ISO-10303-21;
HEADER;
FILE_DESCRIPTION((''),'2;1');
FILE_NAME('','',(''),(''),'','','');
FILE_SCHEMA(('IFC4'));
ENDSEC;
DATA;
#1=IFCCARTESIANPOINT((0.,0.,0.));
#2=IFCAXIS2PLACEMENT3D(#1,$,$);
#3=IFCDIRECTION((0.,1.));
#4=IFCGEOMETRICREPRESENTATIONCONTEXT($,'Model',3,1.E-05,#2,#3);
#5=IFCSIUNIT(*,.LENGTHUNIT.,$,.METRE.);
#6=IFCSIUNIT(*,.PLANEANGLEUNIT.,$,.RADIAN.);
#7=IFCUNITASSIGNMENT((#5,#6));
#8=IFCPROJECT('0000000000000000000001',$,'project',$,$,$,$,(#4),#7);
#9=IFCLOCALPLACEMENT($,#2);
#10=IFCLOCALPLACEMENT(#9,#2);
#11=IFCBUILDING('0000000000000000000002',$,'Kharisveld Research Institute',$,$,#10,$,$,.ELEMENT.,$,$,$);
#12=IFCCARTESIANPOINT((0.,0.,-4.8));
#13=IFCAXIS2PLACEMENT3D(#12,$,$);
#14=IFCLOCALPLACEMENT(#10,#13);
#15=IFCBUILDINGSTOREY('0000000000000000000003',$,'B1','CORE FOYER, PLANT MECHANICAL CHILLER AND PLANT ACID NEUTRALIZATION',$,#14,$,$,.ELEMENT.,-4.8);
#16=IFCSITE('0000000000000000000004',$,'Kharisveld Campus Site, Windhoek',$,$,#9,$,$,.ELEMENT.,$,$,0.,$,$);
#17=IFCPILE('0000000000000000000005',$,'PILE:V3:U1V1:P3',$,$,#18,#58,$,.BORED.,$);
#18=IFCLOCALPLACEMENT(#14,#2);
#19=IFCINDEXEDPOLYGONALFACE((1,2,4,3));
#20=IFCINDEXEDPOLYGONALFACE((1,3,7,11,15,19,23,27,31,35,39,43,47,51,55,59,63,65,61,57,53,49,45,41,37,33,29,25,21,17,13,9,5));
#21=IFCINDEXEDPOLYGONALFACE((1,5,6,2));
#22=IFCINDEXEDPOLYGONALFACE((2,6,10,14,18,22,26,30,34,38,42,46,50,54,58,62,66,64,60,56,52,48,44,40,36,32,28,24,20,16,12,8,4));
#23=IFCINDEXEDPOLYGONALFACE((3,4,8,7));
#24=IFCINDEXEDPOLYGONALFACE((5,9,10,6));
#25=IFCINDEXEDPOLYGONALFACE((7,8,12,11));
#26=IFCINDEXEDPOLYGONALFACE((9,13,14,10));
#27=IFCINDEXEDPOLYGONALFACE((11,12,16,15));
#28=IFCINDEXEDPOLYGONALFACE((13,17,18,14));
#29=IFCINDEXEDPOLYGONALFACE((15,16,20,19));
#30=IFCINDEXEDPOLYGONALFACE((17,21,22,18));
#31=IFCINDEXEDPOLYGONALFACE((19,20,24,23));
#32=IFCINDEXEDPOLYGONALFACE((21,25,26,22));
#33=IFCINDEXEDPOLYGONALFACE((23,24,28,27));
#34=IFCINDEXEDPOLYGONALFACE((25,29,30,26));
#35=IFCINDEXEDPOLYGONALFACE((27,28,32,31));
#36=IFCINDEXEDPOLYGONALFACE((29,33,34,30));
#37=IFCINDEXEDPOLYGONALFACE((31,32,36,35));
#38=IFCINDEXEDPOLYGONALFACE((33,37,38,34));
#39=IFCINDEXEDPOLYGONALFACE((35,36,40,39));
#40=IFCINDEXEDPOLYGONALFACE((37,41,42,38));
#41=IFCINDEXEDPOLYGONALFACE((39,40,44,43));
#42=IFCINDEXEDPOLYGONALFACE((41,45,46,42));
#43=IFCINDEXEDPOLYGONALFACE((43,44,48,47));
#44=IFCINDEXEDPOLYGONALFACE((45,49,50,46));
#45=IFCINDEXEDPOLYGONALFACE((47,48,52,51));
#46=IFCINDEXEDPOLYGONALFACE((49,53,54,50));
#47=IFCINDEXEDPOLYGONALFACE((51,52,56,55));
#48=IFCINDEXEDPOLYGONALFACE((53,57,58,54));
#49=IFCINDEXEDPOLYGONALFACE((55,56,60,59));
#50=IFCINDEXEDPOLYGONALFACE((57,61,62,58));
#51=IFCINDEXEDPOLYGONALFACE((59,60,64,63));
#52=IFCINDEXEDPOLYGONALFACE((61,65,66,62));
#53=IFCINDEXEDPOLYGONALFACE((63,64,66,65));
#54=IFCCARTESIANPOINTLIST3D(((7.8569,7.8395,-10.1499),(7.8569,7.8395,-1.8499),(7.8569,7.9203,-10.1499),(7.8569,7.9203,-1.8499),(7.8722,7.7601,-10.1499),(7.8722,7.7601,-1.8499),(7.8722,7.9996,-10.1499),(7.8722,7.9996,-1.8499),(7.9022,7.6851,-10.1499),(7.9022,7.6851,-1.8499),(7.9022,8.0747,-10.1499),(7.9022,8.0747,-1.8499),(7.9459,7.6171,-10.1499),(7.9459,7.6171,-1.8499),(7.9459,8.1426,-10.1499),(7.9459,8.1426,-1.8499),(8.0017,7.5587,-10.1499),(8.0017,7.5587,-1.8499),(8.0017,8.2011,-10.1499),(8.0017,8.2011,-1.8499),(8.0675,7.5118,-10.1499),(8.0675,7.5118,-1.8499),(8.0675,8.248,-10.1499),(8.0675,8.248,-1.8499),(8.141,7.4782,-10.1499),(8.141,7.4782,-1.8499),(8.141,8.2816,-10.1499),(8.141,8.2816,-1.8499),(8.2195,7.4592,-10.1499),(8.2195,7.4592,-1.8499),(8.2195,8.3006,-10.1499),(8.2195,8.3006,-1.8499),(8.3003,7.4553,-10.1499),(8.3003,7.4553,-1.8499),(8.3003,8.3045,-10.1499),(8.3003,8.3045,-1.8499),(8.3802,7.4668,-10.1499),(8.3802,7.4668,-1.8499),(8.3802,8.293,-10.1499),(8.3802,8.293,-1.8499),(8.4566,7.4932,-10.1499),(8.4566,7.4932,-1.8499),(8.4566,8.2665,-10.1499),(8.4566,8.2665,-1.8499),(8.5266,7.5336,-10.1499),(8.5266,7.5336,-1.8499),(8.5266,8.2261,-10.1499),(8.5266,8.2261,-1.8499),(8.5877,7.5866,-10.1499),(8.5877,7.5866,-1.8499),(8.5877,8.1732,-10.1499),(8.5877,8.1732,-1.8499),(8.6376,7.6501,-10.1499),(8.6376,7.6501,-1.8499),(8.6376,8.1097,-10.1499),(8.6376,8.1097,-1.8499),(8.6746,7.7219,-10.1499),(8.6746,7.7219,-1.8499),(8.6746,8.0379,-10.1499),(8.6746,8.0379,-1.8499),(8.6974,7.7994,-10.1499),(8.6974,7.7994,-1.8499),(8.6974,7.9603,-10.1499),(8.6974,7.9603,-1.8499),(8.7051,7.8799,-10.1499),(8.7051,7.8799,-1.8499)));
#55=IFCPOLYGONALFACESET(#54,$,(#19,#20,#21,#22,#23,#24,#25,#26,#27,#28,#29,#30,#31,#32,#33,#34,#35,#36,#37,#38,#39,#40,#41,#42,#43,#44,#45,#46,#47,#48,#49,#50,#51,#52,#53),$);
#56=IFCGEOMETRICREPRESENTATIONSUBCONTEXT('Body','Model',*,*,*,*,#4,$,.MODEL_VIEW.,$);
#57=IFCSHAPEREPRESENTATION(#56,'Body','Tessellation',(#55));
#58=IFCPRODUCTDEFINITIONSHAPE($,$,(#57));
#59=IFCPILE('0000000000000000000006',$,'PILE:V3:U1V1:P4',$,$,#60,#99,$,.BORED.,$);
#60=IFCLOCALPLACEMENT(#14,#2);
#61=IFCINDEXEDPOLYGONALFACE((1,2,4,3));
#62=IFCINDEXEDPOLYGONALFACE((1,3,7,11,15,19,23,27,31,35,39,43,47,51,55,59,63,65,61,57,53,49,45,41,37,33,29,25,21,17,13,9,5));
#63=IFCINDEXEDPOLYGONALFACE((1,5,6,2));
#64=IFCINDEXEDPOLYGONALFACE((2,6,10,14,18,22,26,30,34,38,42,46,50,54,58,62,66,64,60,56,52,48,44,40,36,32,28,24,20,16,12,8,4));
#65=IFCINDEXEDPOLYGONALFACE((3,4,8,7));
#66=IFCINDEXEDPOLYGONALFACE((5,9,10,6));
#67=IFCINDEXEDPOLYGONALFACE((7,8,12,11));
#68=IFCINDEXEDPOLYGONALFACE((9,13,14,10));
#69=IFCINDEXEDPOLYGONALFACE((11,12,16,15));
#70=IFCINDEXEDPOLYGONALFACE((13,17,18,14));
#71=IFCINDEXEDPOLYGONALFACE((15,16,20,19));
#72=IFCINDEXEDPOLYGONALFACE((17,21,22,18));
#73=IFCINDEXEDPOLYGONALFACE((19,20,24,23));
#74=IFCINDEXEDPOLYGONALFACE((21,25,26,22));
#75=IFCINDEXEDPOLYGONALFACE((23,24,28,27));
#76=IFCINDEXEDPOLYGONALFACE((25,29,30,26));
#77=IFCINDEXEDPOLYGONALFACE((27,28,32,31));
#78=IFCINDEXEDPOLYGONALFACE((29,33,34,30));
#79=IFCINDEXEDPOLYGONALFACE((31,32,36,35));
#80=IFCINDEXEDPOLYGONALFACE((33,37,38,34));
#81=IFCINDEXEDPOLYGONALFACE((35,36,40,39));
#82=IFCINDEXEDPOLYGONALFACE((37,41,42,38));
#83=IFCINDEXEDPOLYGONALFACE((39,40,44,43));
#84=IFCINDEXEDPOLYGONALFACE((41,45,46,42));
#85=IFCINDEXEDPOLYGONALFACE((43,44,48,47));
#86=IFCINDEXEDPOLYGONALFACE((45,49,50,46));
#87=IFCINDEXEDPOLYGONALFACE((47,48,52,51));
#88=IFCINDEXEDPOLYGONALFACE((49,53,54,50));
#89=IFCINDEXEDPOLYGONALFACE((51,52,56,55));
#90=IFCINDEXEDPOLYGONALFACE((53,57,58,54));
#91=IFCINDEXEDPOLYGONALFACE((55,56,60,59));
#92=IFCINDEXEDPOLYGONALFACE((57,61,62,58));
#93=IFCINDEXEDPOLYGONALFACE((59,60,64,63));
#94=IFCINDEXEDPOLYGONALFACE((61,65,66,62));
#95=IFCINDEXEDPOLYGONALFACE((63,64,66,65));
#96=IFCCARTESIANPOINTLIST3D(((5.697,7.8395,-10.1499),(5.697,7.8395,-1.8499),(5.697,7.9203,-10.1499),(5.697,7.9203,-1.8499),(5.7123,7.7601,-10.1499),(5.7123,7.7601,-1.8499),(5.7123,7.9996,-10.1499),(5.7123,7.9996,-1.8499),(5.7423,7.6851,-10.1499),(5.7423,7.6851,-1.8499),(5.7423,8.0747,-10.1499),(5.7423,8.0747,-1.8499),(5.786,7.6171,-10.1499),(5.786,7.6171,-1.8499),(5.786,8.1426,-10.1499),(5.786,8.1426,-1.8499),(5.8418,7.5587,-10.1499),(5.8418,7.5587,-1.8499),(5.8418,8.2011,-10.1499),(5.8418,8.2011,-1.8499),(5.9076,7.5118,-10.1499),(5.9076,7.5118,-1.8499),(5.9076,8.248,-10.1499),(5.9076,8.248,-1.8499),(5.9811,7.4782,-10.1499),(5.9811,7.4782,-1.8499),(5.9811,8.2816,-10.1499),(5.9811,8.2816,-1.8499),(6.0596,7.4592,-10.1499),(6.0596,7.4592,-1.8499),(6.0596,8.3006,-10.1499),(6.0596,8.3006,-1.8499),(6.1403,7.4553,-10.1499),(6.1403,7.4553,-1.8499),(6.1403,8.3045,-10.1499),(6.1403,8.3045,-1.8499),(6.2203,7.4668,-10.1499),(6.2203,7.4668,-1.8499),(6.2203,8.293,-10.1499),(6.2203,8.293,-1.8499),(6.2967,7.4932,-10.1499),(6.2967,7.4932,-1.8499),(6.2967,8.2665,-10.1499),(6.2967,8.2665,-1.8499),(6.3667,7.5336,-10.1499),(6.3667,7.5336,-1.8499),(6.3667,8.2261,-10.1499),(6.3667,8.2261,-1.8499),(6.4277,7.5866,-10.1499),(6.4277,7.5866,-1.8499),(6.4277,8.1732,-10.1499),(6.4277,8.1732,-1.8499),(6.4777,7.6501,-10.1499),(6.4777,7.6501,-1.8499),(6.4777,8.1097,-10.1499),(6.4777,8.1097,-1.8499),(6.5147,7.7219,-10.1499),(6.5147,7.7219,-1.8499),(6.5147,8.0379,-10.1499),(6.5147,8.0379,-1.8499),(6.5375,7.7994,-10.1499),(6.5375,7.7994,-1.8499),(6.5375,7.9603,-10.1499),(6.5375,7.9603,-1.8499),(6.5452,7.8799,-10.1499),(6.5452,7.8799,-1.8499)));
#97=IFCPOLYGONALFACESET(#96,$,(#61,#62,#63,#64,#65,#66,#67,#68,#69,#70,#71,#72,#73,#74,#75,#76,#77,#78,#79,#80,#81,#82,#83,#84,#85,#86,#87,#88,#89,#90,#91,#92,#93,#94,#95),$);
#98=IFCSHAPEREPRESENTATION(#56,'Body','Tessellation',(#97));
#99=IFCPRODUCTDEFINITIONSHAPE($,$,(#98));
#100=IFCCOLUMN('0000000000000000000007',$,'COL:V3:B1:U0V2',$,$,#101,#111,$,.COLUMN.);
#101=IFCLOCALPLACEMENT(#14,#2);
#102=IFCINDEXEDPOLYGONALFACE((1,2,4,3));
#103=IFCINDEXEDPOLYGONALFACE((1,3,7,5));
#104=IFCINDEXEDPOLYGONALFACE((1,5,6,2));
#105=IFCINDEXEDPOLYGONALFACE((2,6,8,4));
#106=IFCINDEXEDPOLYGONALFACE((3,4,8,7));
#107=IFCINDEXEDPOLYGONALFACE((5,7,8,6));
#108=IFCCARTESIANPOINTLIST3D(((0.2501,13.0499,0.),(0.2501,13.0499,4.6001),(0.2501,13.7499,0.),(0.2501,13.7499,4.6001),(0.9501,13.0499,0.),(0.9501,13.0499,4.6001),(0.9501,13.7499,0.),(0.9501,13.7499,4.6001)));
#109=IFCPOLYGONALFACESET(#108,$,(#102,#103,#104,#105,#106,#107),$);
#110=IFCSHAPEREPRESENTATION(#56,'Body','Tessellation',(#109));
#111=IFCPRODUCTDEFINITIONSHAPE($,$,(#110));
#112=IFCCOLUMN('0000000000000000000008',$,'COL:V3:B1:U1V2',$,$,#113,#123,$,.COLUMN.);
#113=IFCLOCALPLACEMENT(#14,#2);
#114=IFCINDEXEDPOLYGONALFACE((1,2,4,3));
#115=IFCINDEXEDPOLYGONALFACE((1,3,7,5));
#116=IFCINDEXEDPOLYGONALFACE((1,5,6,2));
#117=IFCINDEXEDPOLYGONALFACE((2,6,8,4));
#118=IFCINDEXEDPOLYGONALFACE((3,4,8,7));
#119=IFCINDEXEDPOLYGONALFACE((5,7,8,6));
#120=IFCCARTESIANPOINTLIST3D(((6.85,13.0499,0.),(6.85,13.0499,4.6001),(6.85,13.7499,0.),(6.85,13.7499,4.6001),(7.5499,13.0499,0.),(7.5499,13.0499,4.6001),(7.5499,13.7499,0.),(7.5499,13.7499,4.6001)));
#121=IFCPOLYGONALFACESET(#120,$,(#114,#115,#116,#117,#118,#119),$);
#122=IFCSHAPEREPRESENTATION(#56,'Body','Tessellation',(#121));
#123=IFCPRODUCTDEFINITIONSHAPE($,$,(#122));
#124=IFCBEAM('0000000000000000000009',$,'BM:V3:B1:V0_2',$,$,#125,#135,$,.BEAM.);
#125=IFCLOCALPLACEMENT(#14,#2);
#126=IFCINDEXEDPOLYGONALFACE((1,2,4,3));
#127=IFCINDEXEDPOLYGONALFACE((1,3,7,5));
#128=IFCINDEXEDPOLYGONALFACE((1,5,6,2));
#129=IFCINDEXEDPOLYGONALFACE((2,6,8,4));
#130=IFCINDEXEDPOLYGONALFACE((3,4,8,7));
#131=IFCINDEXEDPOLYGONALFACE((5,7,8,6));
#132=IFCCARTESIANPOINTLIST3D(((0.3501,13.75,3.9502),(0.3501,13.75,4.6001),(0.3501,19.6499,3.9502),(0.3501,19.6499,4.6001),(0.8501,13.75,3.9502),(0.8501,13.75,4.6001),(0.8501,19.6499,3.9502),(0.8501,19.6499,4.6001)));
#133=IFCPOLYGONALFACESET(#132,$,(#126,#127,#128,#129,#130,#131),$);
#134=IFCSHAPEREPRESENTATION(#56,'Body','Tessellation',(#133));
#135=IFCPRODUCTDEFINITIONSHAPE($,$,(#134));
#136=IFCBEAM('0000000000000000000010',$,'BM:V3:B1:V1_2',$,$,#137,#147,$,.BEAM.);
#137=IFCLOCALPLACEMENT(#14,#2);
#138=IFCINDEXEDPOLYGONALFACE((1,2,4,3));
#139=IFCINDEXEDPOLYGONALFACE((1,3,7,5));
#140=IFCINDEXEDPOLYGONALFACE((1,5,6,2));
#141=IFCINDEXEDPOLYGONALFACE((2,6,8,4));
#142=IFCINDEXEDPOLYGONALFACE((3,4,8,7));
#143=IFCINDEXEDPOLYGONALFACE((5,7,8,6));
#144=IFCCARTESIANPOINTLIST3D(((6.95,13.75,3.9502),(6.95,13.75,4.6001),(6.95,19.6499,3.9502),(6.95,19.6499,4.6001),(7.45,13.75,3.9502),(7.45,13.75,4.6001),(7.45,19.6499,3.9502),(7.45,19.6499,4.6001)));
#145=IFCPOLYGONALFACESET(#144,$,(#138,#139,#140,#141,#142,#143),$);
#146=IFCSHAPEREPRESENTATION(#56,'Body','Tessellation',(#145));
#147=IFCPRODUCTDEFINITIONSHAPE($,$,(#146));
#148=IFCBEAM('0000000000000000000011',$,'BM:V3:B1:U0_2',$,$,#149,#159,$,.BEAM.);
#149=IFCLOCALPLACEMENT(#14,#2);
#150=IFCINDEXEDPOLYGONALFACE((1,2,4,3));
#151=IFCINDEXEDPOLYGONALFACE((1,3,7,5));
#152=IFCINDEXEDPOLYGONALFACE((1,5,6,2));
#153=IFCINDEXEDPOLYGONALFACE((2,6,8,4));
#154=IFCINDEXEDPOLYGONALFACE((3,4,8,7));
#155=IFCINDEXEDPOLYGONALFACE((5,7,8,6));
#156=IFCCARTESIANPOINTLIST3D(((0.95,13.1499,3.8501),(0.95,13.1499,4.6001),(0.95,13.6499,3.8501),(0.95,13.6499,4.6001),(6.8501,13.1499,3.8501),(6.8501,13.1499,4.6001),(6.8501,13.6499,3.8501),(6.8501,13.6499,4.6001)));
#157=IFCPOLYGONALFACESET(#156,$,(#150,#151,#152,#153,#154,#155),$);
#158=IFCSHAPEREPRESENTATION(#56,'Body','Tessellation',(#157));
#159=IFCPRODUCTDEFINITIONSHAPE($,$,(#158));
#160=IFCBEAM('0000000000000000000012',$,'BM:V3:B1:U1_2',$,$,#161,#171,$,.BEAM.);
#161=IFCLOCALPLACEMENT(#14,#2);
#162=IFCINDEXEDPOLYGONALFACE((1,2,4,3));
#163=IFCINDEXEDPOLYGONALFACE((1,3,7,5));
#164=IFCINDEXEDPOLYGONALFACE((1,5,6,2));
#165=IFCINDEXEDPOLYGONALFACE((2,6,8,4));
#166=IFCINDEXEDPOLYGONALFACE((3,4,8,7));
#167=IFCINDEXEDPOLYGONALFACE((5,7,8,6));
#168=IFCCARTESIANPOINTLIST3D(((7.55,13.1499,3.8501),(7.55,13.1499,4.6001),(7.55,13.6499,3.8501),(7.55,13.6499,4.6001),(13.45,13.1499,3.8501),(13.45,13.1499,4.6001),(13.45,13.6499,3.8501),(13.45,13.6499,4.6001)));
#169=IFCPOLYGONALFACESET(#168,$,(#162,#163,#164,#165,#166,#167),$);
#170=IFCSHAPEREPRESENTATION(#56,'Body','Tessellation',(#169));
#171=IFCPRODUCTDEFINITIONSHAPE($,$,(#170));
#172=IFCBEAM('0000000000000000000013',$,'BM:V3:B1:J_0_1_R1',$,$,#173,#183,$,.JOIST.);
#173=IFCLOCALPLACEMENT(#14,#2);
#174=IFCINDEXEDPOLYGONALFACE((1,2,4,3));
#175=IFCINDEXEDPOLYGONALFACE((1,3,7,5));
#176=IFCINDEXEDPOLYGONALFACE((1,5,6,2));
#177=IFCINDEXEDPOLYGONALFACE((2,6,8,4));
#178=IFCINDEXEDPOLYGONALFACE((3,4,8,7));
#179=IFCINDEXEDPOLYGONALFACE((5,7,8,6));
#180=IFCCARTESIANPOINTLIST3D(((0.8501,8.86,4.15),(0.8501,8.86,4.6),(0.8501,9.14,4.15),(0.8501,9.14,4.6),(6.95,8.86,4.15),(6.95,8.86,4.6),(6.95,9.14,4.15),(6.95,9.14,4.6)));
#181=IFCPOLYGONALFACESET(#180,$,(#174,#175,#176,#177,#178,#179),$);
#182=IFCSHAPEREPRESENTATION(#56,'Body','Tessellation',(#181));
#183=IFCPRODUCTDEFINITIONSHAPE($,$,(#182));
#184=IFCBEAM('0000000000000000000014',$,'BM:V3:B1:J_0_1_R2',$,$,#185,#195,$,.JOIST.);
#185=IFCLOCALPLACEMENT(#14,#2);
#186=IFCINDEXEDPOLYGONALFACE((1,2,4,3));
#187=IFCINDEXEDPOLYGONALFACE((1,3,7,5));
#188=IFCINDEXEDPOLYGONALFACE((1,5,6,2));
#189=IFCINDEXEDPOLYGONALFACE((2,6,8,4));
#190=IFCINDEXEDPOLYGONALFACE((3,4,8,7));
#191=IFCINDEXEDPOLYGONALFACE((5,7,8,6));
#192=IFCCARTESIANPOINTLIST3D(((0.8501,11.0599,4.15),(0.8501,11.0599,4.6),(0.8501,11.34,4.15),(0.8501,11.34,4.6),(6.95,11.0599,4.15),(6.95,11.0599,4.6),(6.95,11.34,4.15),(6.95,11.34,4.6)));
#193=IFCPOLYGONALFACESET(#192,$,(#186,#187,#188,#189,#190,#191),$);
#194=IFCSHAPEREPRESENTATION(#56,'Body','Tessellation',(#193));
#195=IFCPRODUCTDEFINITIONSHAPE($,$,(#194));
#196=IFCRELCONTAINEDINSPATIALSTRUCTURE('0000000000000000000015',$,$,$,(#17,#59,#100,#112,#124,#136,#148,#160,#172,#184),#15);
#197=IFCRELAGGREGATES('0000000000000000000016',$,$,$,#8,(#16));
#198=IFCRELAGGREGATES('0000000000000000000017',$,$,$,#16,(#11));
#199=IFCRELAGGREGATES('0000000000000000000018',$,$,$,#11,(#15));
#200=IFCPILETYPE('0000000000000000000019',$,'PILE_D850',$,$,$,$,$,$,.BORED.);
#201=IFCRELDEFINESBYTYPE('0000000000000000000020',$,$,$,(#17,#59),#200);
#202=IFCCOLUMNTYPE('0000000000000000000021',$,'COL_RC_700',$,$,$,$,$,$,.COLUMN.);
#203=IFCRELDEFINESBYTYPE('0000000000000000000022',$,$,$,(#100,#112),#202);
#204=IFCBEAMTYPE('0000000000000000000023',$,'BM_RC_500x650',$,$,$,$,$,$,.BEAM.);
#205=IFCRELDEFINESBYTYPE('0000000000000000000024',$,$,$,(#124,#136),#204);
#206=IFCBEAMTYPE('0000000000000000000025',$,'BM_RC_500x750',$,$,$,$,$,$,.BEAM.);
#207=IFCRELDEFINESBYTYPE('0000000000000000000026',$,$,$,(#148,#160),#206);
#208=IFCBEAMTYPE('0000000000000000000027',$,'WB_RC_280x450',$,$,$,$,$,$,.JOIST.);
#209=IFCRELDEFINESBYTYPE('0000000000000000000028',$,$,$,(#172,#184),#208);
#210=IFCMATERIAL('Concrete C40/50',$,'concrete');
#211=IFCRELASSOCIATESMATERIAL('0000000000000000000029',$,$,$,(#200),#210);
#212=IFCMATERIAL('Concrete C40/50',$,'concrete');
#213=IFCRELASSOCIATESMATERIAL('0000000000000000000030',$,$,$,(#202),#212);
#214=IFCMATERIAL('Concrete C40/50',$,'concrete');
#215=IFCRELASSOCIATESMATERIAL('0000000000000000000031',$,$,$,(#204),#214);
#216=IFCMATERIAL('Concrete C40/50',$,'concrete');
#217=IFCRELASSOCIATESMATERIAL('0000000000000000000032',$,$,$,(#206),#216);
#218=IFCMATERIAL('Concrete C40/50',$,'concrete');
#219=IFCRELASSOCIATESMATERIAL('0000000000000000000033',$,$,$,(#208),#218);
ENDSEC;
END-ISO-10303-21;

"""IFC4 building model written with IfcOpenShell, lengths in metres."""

from ifc_helpers import new_model, si_unit, direction, frame, origin, origin_2d, place, context, subcontext, project, spatial, rectangle, circle, extrude, material, material_profile, profile_set, type_object, element, save


model = new_model("IFC4")

# Units and contexts
model_context = context("Model", 3, precision=1e-05, world=origin(), true_north=direction((0.0, 1.0)))
body_context = subcontext(model_context, "Body", "Model", "MODEL_VIEW")
ifc_project = project(units=[si_unit("LENGTHUNIT", "METRE"), si_unit("PLANEANGLEUNIT", "RADIAN")], contexts=[model_context])

# Site, building, storey
site_placement = place(None, origin())
site = spatial("IfcSite", under=ifc_project, at=site_placement, Name="Kharisveld Campus Site, Windhoek", CompositionType="ELEMENT", RefElevation=0.0)
building_placement = place(site_placement, origin())
building = spatial("IfcBuilding", under=site, at=building_placement, Name="Kharisveld Research Institute", CompositionType="ELEMENT")
storey_placement = place(building_placement, frame((0.0, 0.0, -4.8)))
storey = spatial("IfcBuildingStorey", under=building, at=storey_placement, Name="B1", Description="CORE FOYER, PLANT MECHANICAL CHILLER AND PLANT ACID NEUTRALIZATION", CompositionType="ELEMENT", Elevation=-4.8)

# Piles
ifc_material_1 = material(Name="Concrete C40/50", Category="concrete")
ifc_material_profile_1 = material_profile(ifc_material_1, circle(Radius=0.425, at=origin_2d()))
ifc_profile_set_1 = profile_set([ifc_material_profile_1], Name="Concrete C40/50")
pile_type_1 = type_object("IfcPileType", Name="PILE_D850", PredefinedType="BORED", material=ifc_profile_set_1)
for number, where, z_axis, x_axis, name in (
    (1, (8.28, 7.8799, -1.8499), (0.0, 0.0, -1.0), (1.0, 0.0, 0.0), "PILE:V3:U1V1:P3"),
    (2, (6.1201, 7.8799, -1.8499), (0.0, 0.0, -1.0), (1.0, 0.0, 0.0), "PILE:V3:U1V1:P4"),
):
    element("IfcPile", number, at=place(storey_placement, frame(where, z_axis=z_axis, x_axis=x_axis)), inside=storey, type_object=pile_type_1, Name=name, PredefinedType="BORED", context=body_context, shape_type="SweptSolid", body=[
        extrude(circle(Radius=0.425, at=origin_2d()), origin(), (0.0, 0.0, 1.0), 8.3),
    ])

# Columns
ifc_material_2 = material(Name="Concrete C40/50", Category="concrete")
ifc_material_profile_2 = material_profile(ifc_material_2, rectangle(XDim=0.7, YDim=0.7, at=origin_2d()))
ifc_profile_set_2 = profile_set([ifc_material_profile_2], Name="Concrete C40/50")
column_type = type_object("IfcColumnType", Name="COL_RC_700", PredefinedType="COLUMN", material=ifc_profile_set_2)
for number, where, z_axis, x_axis, name in (
    (3, (0.6001, 13.3999, 0.0), (0.0, 0.0, 1.0), (1.0, 0.0, 0.0), "COL:V3:B1:U0V2"),
    (4, (7.2, 13.3999, 0.0), (0.0, 0.0, 1.0), (1.0, 0.0, 0.0), "COL:V3:B1:U1V2"),
):
    element("IfcColumn", number, at=place(storey_placement, frame(where, z_axis=z_axis, x_axis=x_axis)), inside=storey, type_object=column_type, Name=name, PredefinedType="COLUMN", context=body_context, shape_type="SweptSolid", body=[
        extrude(rectangle(XDim=0.7, YDim=0.7, at=origin_2d()), origin(), (0.0, 0.0, 1.0), 4.6001),
    ])

# Beams
ifc_material_3 = material(Name="Concrete C40/50", Category="concrete")
ifc_material_profile_3 = material_profile(ifc_material_3, rectangle(XDim=0.5, YDim=0.6499, at=origin_2d()))
ifc_profile_set_3 = profile_set([ifc_material_profile_3], Name="Concrete C40/50")
beam_type_1 = type_object("IfcBeamType", Name="BM_RC_500x650", PredefinedType="BEAM", material=ifc_profile_set_3)
for number, where, z_axis, x_axis, name in (
    (5, (0.6001, 13.75, 4.2751), (0.0, 1.0, 0.0), (-1.0, 0.0, 0.0), "BM:V3:B1:V0_2"),
    (6, (7.2, 13.75, 4.2751), (0.0, 1.0, 0.0), (-1.0, 0.0, 0.0), "BM:V3:B1:V1_2"),
):
    element("IfcBeam", number, at=place(storey_placement, frame(where, z_axis=z_axis, x_axis=x_axis)), inside=storey, type_object=beam_type_1, Name=name, PredefinedType="BEAM", context=body_context, shape_type="SweptSolid", body=[
        extrude(rectangle(XDim=0.5, YDim=0.6499, at=origin_2d()), origin(), (0.0, 0.0, 1.0), 5.8999),
    ])
ifc_material_4 = material(Name="Concrete C40/50", Category="concrete")
ifc_material_profile_4 = material_profile(ifc_material_4, rectangle(XDim=0.5, YDim=0.75, at=origin_2d()))
ifc_profile_set_4 = profile_set([ifc_material_profile_4], Name="Concrete C40/50")
beam_type_2 = type_object("IfcBeamType", Name="BM_RC_500x750", PredefinedType="BEAM", material=ifc_profile_set_4)
beam_1_placement = place(storey_placement, frame((0.95, 13.3999, 4.2251), z_axis=(1.0, 0.0, 0.0), x_axis=(0.0, 1.0, 0.0)))
element("IfcBeam", 7, at=beam_1_placement, inside=storey, type_object=beam_type_2, Name="BM:V3:B1:U0_2", PredefinedType="BEAM", context=body_context, shape_type="SweptSolid", body=[
    extrude(rectangle(XDim=0.5, YDim=0.75, at=origin_2d()), origin(), (0.0, 0.0, 1.0), 5.9001),
])
beam_2_placement = place(storey_placement, frame((7.55, 13.3999, 4.2251), z_axis=(1.0, 0.0, 0.0), x_axis=(0.0, 1.0, 0.0)))
element("IfcBeam", 8, at=beam_2_placement, inside=storey, type_object=beam_type_2, Name="BM:V3:B1:U1_2", PredefinedType="BEAM", context=body_context, shape_type="SweptSolid", body=[
    extrude(rectangle(XDim=0.5, YDim=0.75, at=origin_2d()), origin(), (0.0, 0.0, 1.0), 5.8999),
])
ifc_material_5 = material(Name="Concrete C40/50", Category="concrete")
ifc_material_profile_5 = material_profile(ifc_material_5, rectangle(XDim=0.28, YDim=0.45, at=origin_2d()))
ifc_profile_set_5 = profile_set([ifc_material_profile_5], Name="Concrete C40/50")
beam_type_3 = type_object("IfcBeamType", Name="WB_RC_280x450", PredefinedType="JOIST", material=ifc_profile_set_5)
for number, where, z_axis, x_axis, name in (
    (9, (0.8501, 9.0, 4.375), (1.0, 0.0, 0.0), (0.0, 1.0, 0.0), "BM:V3:B1:J_0_1_R1"),
    (10, (0.8501, 11.2, 4.375), (1.0, 0.0, 0.0), (0.0, 1.0, 0.0), "BM:V3:B1:J_0_1_R2"),
):
    element("IfcBeam", number, at=place(storey_placement, frame(where, z_axis=z_axis, x_axis=x_axis)), inside=storey, type_object=beam_type_3, Name=name, PredefinedType="JOIST", context=body_context, shape_type="SweptSolid", body=[
        extrude(rectangle(XDim=0.28, YDim=0.45, at=origin_2d()), origin(), (0.0, 0.0, 1.0), 6.0999),
    ])

save(model, "model.ifc")
